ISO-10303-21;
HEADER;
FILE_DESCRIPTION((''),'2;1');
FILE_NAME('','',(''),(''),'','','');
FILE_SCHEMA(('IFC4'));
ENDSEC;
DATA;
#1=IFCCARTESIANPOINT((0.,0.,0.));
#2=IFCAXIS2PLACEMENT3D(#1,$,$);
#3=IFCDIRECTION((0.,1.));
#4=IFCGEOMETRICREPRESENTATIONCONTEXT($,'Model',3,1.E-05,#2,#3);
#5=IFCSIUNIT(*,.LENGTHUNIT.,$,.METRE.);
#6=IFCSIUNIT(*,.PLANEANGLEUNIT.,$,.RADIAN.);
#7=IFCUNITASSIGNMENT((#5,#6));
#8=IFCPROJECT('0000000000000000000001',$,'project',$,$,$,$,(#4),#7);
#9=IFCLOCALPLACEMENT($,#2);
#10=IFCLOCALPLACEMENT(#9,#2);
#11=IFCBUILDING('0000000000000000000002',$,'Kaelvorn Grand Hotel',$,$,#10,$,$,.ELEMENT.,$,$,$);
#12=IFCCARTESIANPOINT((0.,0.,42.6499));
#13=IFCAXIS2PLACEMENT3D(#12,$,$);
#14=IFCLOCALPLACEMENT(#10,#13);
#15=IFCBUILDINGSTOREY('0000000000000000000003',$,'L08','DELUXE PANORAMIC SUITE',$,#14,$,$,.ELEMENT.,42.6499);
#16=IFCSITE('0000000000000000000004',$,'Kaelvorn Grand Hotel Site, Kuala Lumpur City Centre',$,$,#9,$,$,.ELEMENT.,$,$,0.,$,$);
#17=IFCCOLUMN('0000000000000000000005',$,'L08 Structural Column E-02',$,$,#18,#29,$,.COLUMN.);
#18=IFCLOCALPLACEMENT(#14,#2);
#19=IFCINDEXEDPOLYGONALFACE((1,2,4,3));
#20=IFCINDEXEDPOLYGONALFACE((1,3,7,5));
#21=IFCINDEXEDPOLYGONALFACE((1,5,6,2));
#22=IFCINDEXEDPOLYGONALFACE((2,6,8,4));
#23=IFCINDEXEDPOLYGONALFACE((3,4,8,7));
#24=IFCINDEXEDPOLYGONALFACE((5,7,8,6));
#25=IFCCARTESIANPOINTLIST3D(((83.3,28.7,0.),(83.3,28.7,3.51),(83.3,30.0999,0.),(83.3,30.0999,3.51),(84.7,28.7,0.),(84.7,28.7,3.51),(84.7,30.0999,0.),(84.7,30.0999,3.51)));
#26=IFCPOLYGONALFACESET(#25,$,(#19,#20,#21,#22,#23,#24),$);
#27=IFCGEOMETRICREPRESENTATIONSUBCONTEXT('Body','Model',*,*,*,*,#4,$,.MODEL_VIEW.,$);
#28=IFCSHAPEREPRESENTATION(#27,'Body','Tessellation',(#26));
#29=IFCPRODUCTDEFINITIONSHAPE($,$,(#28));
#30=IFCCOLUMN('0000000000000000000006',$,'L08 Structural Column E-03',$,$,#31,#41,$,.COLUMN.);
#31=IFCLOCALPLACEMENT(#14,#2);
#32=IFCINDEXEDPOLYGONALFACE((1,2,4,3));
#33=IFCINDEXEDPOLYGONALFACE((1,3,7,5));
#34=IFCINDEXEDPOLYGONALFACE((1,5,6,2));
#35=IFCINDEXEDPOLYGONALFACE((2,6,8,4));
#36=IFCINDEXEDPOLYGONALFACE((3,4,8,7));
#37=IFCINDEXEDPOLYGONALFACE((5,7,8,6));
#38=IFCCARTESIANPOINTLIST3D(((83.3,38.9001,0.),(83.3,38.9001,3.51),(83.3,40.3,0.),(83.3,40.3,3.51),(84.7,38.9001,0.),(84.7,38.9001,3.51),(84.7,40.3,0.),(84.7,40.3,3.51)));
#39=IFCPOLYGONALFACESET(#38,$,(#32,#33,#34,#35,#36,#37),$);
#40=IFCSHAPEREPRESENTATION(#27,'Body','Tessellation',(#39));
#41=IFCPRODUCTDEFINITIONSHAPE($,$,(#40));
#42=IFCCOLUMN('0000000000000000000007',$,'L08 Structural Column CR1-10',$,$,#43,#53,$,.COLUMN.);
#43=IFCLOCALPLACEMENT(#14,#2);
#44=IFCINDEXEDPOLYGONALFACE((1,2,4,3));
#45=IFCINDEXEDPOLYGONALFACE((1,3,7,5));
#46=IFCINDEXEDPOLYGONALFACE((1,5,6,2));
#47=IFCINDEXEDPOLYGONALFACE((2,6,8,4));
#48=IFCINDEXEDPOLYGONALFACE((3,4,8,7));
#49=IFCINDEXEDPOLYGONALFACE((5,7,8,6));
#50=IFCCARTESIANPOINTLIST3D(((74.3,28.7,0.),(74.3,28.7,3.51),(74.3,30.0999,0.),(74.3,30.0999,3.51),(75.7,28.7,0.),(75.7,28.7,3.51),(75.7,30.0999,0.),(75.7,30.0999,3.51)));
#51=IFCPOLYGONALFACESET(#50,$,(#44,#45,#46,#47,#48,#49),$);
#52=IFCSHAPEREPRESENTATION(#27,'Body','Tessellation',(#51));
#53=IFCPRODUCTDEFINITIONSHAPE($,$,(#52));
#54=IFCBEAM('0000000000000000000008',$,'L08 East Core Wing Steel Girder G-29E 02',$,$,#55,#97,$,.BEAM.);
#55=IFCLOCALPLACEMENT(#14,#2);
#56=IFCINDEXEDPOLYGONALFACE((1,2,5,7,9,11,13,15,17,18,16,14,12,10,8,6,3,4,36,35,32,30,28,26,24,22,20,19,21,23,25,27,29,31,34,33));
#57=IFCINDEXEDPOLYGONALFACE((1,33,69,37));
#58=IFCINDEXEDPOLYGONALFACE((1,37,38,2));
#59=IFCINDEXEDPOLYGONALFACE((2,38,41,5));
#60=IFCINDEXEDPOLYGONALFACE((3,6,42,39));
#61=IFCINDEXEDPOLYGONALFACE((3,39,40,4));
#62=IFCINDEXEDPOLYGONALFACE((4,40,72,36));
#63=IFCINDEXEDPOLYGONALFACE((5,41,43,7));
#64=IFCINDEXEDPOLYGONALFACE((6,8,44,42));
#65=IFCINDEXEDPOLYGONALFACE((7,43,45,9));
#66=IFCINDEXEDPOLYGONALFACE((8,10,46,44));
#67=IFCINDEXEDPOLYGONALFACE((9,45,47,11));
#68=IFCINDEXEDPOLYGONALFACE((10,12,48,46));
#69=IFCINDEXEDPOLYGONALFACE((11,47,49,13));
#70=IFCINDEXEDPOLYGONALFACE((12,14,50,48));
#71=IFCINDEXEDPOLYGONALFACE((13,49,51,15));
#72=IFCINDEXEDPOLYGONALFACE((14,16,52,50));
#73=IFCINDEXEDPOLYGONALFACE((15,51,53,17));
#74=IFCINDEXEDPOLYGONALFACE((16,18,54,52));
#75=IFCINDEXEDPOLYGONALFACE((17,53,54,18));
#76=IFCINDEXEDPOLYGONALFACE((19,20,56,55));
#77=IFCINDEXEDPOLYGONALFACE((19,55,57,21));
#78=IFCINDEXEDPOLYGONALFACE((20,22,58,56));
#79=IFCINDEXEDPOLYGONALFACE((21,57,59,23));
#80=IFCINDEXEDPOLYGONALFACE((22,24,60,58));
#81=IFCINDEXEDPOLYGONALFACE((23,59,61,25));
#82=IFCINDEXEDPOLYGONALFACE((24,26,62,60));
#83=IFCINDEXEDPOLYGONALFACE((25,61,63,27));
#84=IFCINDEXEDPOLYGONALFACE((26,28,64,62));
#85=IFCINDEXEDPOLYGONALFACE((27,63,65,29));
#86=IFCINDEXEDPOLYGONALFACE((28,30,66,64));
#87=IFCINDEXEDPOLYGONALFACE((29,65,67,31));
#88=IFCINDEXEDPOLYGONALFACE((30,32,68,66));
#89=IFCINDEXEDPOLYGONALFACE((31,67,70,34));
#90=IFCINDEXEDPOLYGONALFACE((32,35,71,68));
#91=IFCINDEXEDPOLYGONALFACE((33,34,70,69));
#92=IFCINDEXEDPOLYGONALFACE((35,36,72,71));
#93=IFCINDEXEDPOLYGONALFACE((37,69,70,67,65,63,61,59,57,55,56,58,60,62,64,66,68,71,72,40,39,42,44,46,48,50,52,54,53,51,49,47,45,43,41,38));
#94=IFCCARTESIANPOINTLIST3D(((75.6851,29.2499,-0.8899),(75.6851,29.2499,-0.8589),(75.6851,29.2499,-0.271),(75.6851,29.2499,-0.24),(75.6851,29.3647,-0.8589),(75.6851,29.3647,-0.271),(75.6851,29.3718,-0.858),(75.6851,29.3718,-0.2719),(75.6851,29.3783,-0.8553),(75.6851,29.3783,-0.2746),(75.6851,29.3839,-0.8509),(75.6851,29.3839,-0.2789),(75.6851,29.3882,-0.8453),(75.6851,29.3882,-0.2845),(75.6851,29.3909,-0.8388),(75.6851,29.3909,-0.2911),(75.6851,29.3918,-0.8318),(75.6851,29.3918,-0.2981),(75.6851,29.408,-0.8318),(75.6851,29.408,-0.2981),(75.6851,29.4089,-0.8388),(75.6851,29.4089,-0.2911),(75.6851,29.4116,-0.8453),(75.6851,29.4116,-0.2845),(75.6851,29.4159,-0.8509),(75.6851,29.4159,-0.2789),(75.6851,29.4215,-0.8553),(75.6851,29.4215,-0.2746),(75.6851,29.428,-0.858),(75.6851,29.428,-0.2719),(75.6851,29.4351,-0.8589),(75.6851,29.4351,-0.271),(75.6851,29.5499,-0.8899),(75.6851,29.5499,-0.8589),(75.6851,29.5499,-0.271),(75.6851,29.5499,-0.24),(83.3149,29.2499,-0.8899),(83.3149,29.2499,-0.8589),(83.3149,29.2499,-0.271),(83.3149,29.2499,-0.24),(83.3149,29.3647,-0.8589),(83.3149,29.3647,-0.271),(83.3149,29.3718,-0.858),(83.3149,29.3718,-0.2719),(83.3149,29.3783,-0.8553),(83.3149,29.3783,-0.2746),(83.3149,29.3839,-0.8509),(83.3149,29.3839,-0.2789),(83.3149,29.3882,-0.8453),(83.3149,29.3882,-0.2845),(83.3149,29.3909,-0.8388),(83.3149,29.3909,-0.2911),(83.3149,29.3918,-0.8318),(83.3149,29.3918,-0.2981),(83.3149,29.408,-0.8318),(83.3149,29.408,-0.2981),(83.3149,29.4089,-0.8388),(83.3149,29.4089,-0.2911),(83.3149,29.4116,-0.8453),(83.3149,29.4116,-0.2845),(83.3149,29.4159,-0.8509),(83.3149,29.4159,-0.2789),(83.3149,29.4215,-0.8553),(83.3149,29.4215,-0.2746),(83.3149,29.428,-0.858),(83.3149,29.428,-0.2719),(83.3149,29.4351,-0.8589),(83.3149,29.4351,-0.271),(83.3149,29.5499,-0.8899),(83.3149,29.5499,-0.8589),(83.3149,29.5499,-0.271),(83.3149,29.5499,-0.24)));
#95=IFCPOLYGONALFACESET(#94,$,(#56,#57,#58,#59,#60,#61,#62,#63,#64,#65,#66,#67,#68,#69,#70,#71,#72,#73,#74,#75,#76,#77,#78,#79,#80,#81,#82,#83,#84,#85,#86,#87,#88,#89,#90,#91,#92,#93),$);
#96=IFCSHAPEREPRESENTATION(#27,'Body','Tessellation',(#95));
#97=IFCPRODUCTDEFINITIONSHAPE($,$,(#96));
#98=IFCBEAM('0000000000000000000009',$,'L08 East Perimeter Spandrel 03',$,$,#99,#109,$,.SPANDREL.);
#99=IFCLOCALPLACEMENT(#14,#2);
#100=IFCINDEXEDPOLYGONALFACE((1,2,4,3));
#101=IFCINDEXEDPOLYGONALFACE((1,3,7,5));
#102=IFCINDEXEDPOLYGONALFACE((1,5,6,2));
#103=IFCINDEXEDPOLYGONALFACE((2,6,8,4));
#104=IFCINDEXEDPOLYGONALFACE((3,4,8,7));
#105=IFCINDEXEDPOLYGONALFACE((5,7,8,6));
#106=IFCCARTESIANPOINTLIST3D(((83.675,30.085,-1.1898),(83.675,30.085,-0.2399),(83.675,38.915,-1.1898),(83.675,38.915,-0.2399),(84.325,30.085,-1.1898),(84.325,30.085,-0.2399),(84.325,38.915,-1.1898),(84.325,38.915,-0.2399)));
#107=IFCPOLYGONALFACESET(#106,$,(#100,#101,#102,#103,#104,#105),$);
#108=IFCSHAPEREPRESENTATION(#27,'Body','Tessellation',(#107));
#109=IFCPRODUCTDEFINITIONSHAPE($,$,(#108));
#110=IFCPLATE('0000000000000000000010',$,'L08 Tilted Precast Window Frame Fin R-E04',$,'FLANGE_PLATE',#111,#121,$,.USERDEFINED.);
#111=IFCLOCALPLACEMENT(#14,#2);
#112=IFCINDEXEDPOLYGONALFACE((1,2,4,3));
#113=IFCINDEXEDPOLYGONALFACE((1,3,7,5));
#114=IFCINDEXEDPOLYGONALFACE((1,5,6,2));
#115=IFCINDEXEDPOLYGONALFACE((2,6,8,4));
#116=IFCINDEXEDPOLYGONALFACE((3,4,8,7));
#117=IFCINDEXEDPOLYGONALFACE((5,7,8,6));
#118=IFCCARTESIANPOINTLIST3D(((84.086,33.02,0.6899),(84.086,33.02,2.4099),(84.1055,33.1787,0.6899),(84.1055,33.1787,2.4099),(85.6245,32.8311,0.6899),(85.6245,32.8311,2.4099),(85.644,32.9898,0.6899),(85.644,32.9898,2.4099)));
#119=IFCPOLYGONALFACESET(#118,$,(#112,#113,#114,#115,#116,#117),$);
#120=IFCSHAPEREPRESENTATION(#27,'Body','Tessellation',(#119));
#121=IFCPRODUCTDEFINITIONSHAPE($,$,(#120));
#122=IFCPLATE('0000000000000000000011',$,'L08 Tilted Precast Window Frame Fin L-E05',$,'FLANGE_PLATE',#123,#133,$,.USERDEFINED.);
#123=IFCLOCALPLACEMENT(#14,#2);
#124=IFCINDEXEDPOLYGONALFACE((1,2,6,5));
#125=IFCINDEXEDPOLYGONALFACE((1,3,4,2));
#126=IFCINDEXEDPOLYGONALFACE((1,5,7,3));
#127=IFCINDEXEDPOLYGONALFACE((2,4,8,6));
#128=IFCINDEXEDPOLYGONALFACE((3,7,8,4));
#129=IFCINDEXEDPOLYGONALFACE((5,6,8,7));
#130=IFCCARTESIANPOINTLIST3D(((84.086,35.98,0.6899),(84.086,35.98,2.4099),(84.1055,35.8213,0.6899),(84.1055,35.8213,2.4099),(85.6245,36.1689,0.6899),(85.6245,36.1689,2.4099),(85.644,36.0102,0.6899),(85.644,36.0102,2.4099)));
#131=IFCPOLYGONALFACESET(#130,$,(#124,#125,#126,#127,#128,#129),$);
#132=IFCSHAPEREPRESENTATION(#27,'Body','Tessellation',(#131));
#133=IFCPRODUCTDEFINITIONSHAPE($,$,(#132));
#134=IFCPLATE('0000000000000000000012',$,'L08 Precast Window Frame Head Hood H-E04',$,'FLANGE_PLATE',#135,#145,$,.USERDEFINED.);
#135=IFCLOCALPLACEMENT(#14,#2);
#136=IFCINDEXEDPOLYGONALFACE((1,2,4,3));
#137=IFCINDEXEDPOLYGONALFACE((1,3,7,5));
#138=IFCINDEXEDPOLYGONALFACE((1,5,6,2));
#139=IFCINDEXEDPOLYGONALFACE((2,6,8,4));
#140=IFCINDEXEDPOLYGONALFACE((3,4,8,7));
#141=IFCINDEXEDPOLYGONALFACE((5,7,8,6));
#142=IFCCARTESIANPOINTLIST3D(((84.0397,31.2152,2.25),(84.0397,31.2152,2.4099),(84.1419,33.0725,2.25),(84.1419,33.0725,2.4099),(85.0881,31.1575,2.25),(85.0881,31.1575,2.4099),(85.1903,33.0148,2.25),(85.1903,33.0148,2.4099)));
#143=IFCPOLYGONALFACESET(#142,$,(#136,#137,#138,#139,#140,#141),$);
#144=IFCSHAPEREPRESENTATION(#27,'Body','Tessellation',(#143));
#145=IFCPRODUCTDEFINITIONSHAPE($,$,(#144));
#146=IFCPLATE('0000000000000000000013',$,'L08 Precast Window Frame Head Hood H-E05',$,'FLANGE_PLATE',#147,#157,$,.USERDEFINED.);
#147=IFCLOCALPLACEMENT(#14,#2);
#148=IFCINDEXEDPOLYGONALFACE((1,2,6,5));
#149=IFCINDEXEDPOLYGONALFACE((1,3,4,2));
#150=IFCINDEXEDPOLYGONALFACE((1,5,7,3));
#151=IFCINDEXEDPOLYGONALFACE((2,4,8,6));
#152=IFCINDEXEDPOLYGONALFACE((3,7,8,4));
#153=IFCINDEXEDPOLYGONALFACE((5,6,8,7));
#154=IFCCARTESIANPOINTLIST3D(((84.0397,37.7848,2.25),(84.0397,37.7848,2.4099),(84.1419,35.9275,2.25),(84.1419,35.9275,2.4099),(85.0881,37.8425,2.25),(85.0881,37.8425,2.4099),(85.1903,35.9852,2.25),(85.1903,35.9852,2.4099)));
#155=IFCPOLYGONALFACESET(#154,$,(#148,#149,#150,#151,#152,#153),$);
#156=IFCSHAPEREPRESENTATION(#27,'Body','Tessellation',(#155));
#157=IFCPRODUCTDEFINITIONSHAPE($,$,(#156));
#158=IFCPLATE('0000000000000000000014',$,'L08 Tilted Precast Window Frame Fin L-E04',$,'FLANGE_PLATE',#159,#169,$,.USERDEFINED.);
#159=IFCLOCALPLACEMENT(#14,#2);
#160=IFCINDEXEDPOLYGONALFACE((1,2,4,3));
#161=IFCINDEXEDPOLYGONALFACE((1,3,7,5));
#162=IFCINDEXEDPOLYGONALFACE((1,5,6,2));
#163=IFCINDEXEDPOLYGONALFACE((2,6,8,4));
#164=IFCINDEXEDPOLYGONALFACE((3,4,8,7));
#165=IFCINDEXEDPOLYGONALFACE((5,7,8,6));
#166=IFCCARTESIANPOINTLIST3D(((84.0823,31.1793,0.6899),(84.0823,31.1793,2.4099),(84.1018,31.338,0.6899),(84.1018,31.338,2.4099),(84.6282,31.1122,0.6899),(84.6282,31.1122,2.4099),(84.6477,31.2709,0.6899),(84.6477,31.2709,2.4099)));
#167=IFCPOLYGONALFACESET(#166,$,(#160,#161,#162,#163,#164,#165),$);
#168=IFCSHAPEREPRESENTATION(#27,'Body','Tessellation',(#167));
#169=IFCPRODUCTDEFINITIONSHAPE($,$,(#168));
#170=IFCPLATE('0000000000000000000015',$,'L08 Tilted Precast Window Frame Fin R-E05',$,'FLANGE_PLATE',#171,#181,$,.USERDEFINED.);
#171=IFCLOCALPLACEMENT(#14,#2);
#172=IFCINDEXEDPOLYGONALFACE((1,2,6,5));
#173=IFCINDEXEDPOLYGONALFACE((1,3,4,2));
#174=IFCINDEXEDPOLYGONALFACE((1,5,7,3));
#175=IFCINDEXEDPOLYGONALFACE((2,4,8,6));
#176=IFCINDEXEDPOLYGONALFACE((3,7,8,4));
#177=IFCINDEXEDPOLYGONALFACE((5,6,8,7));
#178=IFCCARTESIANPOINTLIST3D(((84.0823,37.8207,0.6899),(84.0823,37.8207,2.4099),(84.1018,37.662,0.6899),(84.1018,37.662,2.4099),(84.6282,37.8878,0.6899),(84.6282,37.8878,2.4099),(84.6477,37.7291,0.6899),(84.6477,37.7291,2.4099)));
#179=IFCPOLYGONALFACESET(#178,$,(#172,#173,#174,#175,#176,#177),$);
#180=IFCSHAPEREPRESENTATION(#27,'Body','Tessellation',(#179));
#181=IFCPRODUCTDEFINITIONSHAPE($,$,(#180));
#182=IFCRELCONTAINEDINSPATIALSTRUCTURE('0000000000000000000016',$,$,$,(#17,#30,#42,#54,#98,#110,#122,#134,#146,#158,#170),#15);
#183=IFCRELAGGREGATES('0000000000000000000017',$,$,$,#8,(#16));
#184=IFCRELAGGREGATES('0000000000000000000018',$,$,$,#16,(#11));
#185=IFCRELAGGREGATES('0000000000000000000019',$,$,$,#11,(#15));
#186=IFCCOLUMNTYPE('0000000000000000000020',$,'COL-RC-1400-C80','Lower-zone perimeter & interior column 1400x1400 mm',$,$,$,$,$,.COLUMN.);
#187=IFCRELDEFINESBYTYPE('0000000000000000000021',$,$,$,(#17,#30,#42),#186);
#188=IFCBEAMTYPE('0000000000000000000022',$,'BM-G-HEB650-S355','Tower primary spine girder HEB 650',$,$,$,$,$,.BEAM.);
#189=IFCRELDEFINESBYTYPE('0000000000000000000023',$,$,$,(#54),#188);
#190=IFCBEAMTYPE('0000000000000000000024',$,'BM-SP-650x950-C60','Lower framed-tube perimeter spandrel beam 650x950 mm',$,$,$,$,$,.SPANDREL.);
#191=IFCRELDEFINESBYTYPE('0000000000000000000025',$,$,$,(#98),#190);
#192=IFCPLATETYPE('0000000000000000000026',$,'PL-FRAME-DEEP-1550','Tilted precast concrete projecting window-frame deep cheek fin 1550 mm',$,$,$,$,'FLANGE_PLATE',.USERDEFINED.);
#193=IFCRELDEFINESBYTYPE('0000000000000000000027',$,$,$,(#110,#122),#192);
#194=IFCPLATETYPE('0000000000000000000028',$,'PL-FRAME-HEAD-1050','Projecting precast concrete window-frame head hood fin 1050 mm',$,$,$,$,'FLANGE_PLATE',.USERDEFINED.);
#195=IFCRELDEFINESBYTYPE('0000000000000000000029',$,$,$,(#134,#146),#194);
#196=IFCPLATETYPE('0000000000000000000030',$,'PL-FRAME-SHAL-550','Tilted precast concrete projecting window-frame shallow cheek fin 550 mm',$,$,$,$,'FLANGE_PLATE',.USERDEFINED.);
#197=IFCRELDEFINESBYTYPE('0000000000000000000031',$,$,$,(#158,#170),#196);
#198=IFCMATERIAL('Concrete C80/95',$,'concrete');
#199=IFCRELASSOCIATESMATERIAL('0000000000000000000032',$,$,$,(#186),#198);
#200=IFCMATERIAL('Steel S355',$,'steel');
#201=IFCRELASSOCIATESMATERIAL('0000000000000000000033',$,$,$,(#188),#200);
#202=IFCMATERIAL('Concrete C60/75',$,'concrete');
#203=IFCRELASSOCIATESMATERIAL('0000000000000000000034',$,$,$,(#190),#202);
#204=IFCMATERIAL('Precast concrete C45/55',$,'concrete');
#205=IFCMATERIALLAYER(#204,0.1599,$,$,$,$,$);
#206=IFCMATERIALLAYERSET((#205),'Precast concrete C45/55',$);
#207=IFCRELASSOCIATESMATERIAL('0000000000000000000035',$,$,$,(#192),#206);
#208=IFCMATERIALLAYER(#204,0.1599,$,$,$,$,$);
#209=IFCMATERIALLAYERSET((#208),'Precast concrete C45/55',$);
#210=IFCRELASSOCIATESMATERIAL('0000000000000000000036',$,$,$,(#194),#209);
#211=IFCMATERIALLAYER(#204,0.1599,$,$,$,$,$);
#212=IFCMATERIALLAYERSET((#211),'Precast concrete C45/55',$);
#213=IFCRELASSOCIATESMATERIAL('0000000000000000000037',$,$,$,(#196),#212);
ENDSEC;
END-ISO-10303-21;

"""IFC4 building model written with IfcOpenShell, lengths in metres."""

from ifc_helpers import new_model, si_unit, direction, frame, origin, origin_2d, place, context, subcontext, project, spatial, rectangle, i_section, extrude, material, layer, layer_set, material_profile, profile_set, type_object, element, save


model = new_model("IFC4")

# Units and contexts
model_context = context("Model", 3, precision=1e-05, world=origin(), true_north=direction((0.0, 1.0)))
body_context = subcontext(model_context, "Body", "Model", "MODEL_VIEW")
ifc_project = project(units=[si_unit("LENGTHUNIT", "METRE"), si_unit("PLANEANGLEUNIT", "RADIAN")], contexts=[model_context])

# Site, building, storey
site_placement = place(None, origin())
site = spatial("IfcSite", under=ifc_project, at=site_placement, Name="Kaelvorn Grand Hotel Site, Kuala Lumpur City Centre", CompositionType="ELEMENT", RefElevation=0.0)
building_placement = place(site_placement, origin())
building = spatial("IfcBuilding", under=site, at=building_placement, Name="Kaelvorn Grand Hotel", CompositionType="ELEMENT")
storey_placement = place(building_placement, frame((0.0, 0.0, 42.6499)))
storey = spatial("IfcBuildingStorey", under=building, at=storey_placement, Name="L08", Description="DELUXE PANORAMIC SUITE", CompositionType="ELEMENT", Elevation=42.6499)

# Columns
ifc_material_1 = material(Name="Concrete C80/95", Category="concrete")
ifc_material_profile_1 = material_profile(ifc_material_1, rectangle(XDim=1.3999, YDim=1.3999, at=origin_2d()), Name="RC COL 1400x1400")
ifc_profile_set_1 = profile_set([ifc_material_profile_1], Name="Concrete C80/95")
column_type = type_object("IfcColumnType", Name="COL-RC-1400-C80", Description="Lower-zone perimeter & interior column 1400x1400 mm", PredefinedType="COLUMN", material=ifc_profile_set_1)
for number, where, z_axis, x_axis, name in (
    (1, (84.0, 29.3999, 0.0), (0.0, 0.0, 1.0), (1.0, 0.0, 0.0), "L08 Structural Column E-02"),
    (2, (84.0, 39.6001, 0.0), (0.0, 0.0, 1.0), (1.0, 0.0, 0.0), "L08 Structural Column E-03"),
    (3, (75.0, 29.3999, 0.0), (0.0, 0.0, 1.0), (1.0, 0.0, 0.0), "L08 Structural Column CR1-10"),
):
    element("IfcColumn", number, at=place(storey_placement, frame(where, z_axis=z_axis, x_axis=x_axis)), inside=storey, type_object=column_type, Name=name, PredefinedType="COLUMN", context=body_context, shape_type="SweptSolid", body=[
        extrude(rectangle(XDim=1.3999, YDim=1.3999, at=origin_2d()), origin(), (0.0, 0.0, 1.0), 3.51),
    ])

# Beams
ifc_material_2 = material(Name="Steel S355", Category="steel")
ifc_material_profile_2 = material_profile(ifc_material_2, i_section(OverallWidth=0.3, OverallDepth=0.6499, WebThickness=0.0161, FlangeThickness=0.031, FilletRadius=0.0271, at=origin_2d()), Name="HEB 650")
ifc_profile_set_2 = profile_set([ifc_material_profile_2], Name="Steel S355")
beam_type_1 = type_object("IfcBeamType", Name="BM-G-HEB650-S355", Description="Tower primary spine girder HEB 650", PredefinedType="BEAM", material=ifc_profile_set_2)
beam_1_placement = place(storey_placement, frame((75.6851, 29.3999, -0.5649), z_axis=(1.0, 0.0, 0.0), x_axis=(0.0, 1.0, 0.0)))
element("IfcBeam", 4, at=beam_1_placement, inside=storey, type_object=beam_type_1, Name="L08 East Core Wing Steel Girder G-29E 02", PredefinedType="BEAM", context=body_context, shape_type="SweptSolid", body=[
    extrude(i_section(OverallWidth=0.3, OverallDepth=0.6499, WebThickness=0.0161, FlangeThickness=0.031, FilletRadius=0.0271, at=origin_2d()), origin(), (0.0, 0.0, 1.0), 7.6299),
])
ifc_material_3 = material(Name="Concrete C60/75", Category="concrete")
ifc_material_profile_3 = material_profile(ifc_material_3, rectangle(XDim=0.6499, YDim=0.95, at=origin_2d()), Name="RC SPANDREL 650x950")
ifc_profile_set_3 = profile_set([ifc_material_profile_3], Name="Concrete C60/75")
beam_type_2 = type_object("IfcBeamType", Name="BM-SP-650x950-C60", Description="Lower framed-tube perimeter spandrel beam 650x950 mm", PredefinedType="SPANDREL", material=ifc_profile_set_3)
beam_2_placement = place(storey_placement, frame((84.0, 30.085, -0.7148), z_axis=(0.0, 1.0, 0.0), x_axis=(-1.0, 0.0, 0.0)))
element("IfcBeam", 5, at=beam_2_placement, inside=storey, type_object=beam_type_2, Name="L08 East Perimeter Spandrel 03", PredefinedType="SPANDREL", context=body_context, shape_type="SweptSolid", body=[
    extrude(rectangle(XDim=0.6499, YDim=0.95, at=origin_2d()), origin(), (0.0, 0.0, 1.0), 8.8301),
])

# Plates
ifc_material_4 = material(Name="Precast concrete C45/55", Category="concrete")
ifc_layer_1 = layer(ifc_material_4, 0.1599)
ifc_layer_set_1 = layer_set([ifc_layer_1], Name="Precast concrete C45/55")
plate_type_1 = type_object("IfcPlateType", Name="PL-FRAME-DEEP-1550", Description="Tilted precast concrete projecting window-frame deep cheek fin 1550 mm", ElementType="FLANGE_PLATE", PredefinedType="USERDEFINED", material=ifc_layer_set_1)
for number, where, z_axis, x_axis, name in (
    (6, (84.865, 33.0049, 0.6899), (0.0, 0.0, 1.0), (0.121869, 0.992546, 0.0), "L08 Tilted Precast Window Frame Fin R-E04"),
    (7, (84.865, 35.9951, 0.6899), (0.0, 0.0, 1.0), (-0.121869, 0.992546, 0.0), "L08 Tilted Precast Window Frame Fin L-E05"),
):
    element("IfcPlate", number, at=place(storey_placement, frame(where, z_axis=z_axis, x_axis=x_axis)), inside=storey, type_object=plate_type_1, Name=name, ObjectType="FLANGE_PLATE", PredefinedType="USERDEFINED", context=body_context, shape_type="SweptSolid", body=[
        extrude(rectangle(XDim=0.1599, YDim=1.55, at=origin_2d()), origin(), (0.0, 0.0, 1.0), 1.72),
    ])
ifc_layer_2 = layer(ifc_material_4, 0.1599)
ifc_layer_set_2 = layer_set([ifc_layer_2], Name="Precast concrete C45/55")
plate_type_2 = type_object("IfcPlateType", Name="PL-FRAME-HEAD-1050", Description="Projecting precast concrete window-frame head hood fin 1050 mm", ElementType="FLANGE_PLATE", PredefinedType="USERDEFINED", material=ifc_layer_set_2)
for number, where, z_axis, x_axis, name in (
    (8, (84.615, 32.115, 2.25), (0.0, 0.0, 1.0), (0.05495, 0.998489, 0.0), "L08 Precast Window Frame Head Hood H-E04"),
    (9, (84.615, 36.885, 2.25), (0.0, 0.0, 1.0), (-0.05495, 0.998489, 0.0), "L08 Precast Window Frame Head Hood H-E05"),
):
    element("IfcPlate", number, at=place(storey_placement, frame(where, z_axis=z_axis, x_axis=x_axis)), inside=storey, type_object=plate_type_2, Name=name, ObjectType="FLANGE_PLATE", PredefinedType="USERDEFINED", context=body_context, shape_type="SweptSolid", body=[
        extrude(rectangle(XDim=1.8601, YDim=1.05, at=origin_2d()), origin(), (0.0, 0.0, 1.0), 0.1599),
    ])
ifc_layer_3 = layer(ifc_material_4, 0.1599)
ifc_layer_set_3 = layer_set([ifc_layer_3], Name="Precast concrete C45/55")
plate_type_3 = type_object("IfcPlateType", Name="PL-FRAME-SHAL-550", Description="Tilted precast concrete projecting window-frame shallow cheek fin 550 mm", ElementType="FLANGE_PLATE", PredefinedType="USERDEFINED", material=ifc_layer_set_3)
for number, where, z_axis, x_axis, name in (
    (10, (84.365, 31.2251, 0.6899), (0.0, 0.0, 1.0), (0.121869, 0.992546, 0.0), "L08 Tilted Precast Window Frame Fin L-E04"),
    (11, (84.365, 37.7749, 0.6899), (0.0, 0.0, 1.0), (-0.121869, 0.992546, 0.0), "L08 Tilted Precast Window Frame Fin R-E05"),
):
    element("IfcPlate", number, at=place(storey_placement, frame(where, z_axis=z_axis, x_axis=x_axis)), inside=storey, type_object=plate_type_3, Name=name, ObjectType="FLANGE_PLATE", PredefinedType="USERDEFINED", context=body_context, shape_type="SweptSolid", body=[
        extrude(rectangle(XDim=0.1599, YDim=0.55, at=origin_2d()), origin(), (0.0, 0.0, 1.0), 1.72),
    ])

save(model, "model.ifc")
